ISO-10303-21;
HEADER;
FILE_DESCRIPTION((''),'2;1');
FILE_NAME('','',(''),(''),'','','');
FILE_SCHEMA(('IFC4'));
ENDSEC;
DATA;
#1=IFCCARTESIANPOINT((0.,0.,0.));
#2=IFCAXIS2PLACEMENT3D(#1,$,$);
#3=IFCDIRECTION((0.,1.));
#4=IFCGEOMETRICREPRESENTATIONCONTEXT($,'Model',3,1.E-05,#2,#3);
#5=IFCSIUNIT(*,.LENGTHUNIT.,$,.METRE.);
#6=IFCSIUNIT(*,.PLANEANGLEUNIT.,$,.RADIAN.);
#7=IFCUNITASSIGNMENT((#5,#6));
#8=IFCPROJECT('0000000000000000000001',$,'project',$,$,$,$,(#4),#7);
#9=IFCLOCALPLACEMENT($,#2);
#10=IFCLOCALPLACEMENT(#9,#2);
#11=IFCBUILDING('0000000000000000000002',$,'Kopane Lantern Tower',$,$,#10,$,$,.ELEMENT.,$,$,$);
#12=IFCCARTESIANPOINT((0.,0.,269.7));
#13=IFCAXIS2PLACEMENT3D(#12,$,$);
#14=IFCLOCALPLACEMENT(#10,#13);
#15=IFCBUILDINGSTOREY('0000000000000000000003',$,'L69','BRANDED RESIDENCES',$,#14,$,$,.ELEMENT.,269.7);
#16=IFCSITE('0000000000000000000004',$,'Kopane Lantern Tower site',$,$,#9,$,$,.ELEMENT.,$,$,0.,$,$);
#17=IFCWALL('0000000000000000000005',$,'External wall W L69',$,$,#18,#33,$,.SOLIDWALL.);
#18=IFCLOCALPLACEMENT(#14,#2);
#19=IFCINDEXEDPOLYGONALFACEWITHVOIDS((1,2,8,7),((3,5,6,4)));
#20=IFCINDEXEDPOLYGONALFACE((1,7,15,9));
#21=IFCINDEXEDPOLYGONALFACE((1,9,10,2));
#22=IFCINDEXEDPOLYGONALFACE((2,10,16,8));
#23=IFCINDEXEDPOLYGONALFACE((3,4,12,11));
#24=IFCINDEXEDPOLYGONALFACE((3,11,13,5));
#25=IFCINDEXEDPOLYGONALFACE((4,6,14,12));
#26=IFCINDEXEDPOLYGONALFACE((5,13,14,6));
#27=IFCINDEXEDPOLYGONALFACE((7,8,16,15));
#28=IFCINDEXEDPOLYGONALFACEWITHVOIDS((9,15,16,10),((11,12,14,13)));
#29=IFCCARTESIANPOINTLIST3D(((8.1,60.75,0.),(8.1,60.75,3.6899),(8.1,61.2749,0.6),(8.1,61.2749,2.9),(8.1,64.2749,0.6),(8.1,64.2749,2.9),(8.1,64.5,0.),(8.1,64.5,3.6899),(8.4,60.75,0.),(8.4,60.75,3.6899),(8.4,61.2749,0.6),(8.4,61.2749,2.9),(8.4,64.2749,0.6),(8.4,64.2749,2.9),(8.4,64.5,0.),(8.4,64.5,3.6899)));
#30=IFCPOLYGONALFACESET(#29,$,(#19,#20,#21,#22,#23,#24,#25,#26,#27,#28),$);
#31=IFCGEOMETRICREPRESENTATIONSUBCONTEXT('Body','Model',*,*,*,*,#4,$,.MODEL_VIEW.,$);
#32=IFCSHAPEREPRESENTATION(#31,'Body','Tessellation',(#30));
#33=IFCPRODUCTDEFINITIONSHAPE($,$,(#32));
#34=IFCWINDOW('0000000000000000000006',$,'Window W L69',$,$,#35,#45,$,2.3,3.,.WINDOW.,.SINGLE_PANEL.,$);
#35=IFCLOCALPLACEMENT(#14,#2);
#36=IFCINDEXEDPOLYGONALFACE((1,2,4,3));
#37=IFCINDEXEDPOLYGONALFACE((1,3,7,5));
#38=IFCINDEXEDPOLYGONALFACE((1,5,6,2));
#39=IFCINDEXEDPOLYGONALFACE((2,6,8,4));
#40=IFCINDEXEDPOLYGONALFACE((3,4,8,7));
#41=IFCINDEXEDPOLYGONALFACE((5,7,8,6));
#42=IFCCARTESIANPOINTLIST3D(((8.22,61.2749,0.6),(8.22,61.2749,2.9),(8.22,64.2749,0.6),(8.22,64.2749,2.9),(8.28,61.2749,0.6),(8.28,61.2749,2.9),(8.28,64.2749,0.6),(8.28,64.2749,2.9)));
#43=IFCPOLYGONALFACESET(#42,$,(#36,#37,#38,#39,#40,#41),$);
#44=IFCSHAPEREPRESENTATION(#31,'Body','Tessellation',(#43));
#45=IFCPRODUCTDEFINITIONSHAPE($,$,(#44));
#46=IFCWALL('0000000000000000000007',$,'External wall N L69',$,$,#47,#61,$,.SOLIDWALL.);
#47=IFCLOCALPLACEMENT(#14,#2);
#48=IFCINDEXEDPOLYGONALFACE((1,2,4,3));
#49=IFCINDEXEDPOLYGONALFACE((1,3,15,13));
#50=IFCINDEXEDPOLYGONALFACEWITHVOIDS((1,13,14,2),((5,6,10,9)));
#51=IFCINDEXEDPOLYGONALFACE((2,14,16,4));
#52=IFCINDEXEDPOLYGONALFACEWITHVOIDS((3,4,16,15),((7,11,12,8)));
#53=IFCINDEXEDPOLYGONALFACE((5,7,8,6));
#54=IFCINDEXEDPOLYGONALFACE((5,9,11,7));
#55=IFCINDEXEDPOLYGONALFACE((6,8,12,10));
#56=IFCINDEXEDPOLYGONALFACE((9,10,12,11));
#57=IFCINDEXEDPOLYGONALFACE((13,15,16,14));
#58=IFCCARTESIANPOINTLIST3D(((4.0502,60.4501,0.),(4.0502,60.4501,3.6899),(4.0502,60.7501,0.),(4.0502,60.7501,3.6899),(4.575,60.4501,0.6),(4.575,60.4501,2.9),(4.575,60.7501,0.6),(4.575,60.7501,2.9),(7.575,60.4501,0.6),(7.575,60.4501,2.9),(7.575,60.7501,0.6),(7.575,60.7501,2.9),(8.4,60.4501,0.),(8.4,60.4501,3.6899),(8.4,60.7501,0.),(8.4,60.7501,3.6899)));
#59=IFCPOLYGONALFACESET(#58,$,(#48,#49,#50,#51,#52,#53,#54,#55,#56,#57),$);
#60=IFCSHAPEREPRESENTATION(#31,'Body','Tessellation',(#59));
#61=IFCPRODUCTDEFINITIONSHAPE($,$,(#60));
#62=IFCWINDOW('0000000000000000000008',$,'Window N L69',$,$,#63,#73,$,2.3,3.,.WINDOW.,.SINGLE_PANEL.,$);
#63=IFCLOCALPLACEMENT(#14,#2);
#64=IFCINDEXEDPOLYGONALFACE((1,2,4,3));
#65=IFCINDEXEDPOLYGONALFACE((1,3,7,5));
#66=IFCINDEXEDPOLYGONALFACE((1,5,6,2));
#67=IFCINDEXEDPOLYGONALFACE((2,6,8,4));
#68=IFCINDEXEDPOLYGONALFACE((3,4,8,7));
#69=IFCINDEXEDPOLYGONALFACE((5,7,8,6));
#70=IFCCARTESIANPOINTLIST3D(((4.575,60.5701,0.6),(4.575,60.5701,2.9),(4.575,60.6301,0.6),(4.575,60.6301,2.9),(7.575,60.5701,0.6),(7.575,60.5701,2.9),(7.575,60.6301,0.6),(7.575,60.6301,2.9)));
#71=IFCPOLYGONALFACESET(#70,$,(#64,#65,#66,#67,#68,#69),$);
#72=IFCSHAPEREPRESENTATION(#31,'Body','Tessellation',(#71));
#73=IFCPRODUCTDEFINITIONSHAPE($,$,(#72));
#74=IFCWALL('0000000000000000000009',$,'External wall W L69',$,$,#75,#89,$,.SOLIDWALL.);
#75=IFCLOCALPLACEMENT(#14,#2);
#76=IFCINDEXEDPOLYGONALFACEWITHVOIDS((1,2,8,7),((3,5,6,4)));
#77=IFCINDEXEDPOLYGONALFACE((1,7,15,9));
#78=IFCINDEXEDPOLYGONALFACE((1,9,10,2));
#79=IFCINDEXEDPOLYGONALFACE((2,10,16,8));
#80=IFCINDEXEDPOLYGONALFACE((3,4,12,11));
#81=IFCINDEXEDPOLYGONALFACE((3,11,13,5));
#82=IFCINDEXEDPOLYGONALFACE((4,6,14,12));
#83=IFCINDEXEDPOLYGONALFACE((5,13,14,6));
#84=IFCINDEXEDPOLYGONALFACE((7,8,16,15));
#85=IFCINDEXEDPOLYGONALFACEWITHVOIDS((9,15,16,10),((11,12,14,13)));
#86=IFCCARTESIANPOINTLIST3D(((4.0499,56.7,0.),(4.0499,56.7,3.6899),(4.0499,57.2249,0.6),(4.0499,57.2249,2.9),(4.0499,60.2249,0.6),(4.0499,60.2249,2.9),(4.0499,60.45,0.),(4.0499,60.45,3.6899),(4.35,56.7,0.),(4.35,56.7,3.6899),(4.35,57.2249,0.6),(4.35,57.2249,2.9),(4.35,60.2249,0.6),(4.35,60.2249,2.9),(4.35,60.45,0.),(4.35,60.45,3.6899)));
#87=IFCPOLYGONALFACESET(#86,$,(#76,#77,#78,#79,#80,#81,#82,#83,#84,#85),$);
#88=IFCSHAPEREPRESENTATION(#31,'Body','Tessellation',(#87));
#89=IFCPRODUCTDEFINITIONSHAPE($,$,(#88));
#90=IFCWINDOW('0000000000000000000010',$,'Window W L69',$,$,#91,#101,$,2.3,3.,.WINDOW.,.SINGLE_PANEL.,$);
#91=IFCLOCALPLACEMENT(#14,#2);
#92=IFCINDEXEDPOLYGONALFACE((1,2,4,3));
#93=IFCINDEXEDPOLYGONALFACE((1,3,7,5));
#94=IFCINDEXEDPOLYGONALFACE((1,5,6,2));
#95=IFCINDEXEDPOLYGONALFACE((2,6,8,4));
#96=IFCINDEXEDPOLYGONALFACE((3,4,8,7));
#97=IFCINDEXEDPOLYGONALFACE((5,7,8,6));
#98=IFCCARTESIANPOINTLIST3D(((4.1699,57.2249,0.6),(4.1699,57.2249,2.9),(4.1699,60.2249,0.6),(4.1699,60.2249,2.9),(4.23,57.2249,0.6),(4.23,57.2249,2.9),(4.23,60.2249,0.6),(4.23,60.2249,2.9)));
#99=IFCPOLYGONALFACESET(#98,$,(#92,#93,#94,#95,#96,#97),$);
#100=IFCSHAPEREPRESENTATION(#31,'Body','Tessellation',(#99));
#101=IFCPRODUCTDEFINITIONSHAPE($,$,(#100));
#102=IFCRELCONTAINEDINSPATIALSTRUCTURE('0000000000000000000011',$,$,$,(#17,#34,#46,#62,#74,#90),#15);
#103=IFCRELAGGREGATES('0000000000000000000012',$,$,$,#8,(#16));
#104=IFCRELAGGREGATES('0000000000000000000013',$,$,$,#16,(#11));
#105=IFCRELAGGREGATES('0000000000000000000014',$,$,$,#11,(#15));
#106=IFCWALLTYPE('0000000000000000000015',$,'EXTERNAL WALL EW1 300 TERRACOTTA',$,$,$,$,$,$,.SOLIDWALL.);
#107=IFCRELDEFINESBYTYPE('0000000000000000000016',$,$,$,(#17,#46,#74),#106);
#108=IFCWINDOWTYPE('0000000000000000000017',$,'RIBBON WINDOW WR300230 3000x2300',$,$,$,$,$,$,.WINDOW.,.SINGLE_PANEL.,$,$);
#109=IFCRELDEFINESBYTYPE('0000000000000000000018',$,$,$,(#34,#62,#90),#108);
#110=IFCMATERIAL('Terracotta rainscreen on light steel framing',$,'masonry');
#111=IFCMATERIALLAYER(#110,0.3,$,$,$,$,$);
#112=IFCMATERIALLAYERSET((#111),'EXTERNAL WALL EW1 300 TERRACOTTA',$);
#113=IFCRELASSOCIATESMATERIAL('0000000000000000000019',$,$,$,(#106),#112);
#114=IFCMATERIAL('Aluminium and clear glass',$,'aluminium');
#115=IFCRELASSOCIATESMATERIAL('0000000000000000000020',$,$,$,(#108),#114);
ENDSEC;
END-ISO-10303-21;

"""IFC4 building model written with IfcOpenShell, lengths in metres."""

from ifc_helpers import new_model, si_unit, direction, frame, frame_2d, origin, place, context, subcontext, project, spatial, rectangle, extrude, material, layer, layer_set, type_object, element, fill, save


model = new_model("IFC4")

# Units and contexts
model_context = context("Model", 3, precision=1e-05, world=origin(), true_north=direction((0.0, 1.0)))
body_context = subcontext(model_context, "Body", "Model", "MODEL_VIEW")
ifc_project = project(units=[si_unit("LENGTHUNIT", "METRE"), si_unit("PLANEANGLEUNIT", "RADIAN")], contexts=[model_context])

# Site, building, storey
site_placement = place(None, origin())
site = spatial("IfcSite", under=ifc_project, at=site_placement, Name="Kopane Lantern Tower site", CompositionType="ELEMENT", RefElevation=0.0)
building_placement = place(site_placement, origin())
building = spatial("IfcBuilding", under=site, at=building_placement, Name="Kopane Lantern Tower", CompositionType="ELEMENT")
storey_placement = place(building_placement, frame((0.0, 0.0, 269.7)))
storey = spatial("IfcBuildingStorey", under=building, at=storey_placement, Name="L69", Description="BRANDED RESIDENCES", CompositionType="ELEMENT", Elevation=269.7)

# Walls, openings, windows
ifc_material_1 = material(Name="Terracotta rainscreen on light steel framing", Category="masonry")
ifc_layer = layer(ifc_material_1, 0.3)
ifc_layer_set = layer_set([ifc_layer], Name="EXTERNAL WALL EW1 300 TERRACOTTA")
wall_type = type_object("IfcWallType", Name="EXTERNAL WALL EW1 300 TERRACOTTA", PredefinedType="SOLIDWALL", material=ifc_layer_set)
wall_1_placement = place(storey_placement, frame((8.25, 64.5, 0.0), z_axis=(0.0, 0.0, 1.0), x_axis=(0.0, -1.0, 0.0)))
wall_1 = element("IfcWall", 1, at=wall_1_placement, inside=storey, type_object=wall_type, Name="External wall W L69", PredefinedType="SOLIDWALL", context=body_context, shape_type="SweptSolid", body=[
    extrude(rectangle(XDim=3.75, YDim=0.3, at=frame_2d((1.875, 0.0))), origin(), (0.0, 0.0, 1.0), 3.6899),
])
opening_1_placement = place(wall_1_placement, frame((0.2251, 0.0, 0.6001)))
opening_1 = element("IfcOpeningElement", 2, at=opening_1_placement, cuts=wall_1, PredefinedType="OPENING", context=body_context, shape_type="SweptSolid", body=[
    extrude(rectangle(XDim=3.0, YDim=2.3, at=frame_2d((1.5, 1.1499))), frame((0.0, 0.1599, 0.0), z_axis=(0.0, -1.0, 0.0), x_axis=(1.0, 0.0, 0.0)), (0.0, 0.0, 1.0), 0.3201),
])
ifc_material_2 = material(Name="Aluminium and clear glass", Category="aluminium")
window_type = type_object("IfcWindowType", Name="RIBBON WINDOW WR300230 3000x2300", PartitioningType="SINGLE_PANEL", PredefinedType="WINDOW", material=ifc_material_2)
window_1_placement = place(opening_1_placement, origin())
window_1 = element("IfcWindow", 3, at=window_1_placement, inside=storey, type_object=window_type, Name="Window W L69", OverallHeight=2.3, OverallWidth=3.0, PartitioningType="SINGLE_PANEL", PredefinedType="WINDOW", context=body_context, shape_type="SweptSolid", body=[
    extrude(rectangle(XDim=3.0, YDim=2.3, at=frame_2d((1.5, 1.1499))), frame((0.0, 0.03, 0.0), z_axis=(0.0, -1.0, 0.0), x_axis=(1.0, 0.0, 0.0)), (0.0, 0.0, 1.0), 0.0601),
])
fill(opening_1, window_1)
wall_2_placement = place(storey_placement, frame((8.3999, 60.6001, 0.0), z_axis=(0.0, 0.0, 1.0), x_axis=(-1.0, 0.0, 0.0)))
wall_2 = element("IfcWall", 4, at=wall_2_placement, inside=storey, type_object=wall_type, Name="External wall N L69", PredefinedType="SOLIDWALL", context=body_context, shape_type="SweptSolid", body=[
    extrude(rectangle(XDim=4.3499, YDim=0.3, at=frame_2d((2.1748, 0.0))), origin(), (0.0, 0.0, 1.0), 3.6899),
])
opening_2_placement = place(wall_2_placement, frame((0.825, 0.0, 0.6001)))
opening_2 = element("IfcOpeningElement", 5, at=opening_2_placement, cuts=wall_2, PredefinedType="OPENING", context=body_context, shape_type="SweptSolid", body=[
    extrude(rectangle(XDim=3.0, YDim=2.3, at=frame_2d((1.5, 1.1499))), frame((0.0, 0.1599, 0.0), z_axis=(0.0, -1.0, 0.0), x_axis=(1.0, 0.0, 0.0)), (0.0, 0.0, 1.0), 0.3201),
])
window_2_placement = place(opening_2_placement, origin())
window_2 = element("IfcWindow", 6, at=window_2_placement, inside=storey, type_object=window_type, Name="Window N L69", OverallHeight=2.3, OverallWidth=3.0, PartitioningType="SINGLE_PANEL", PredefinedType="WINDOW", context=body_context, shape_type="SweptSolid", body=[
    extrude(rectangle(XDim=3.0, YDim=2.3, at=frame_2d((1.5, 1.1499))), frame((0.0, 0.03, 0.0), z_axis=(0.0, -1.0, 0.0), x_axis=(1.0, 0.0, 0.0)), (0.0, 0.0, 1.0), 0.0601),
])
fill(opening_2, window_2)
wall_3_placement = place(storey_placement, frame((4.2, 60.45, 0.0), z_axis=(0.0, 0.0, 1.0), x_axis=(0.0, -1.0, 0.0)))
wall_3 = element("IfcWall", 7, at=wall_3_placement, inside=storey, type_object=wall_type, Name="External wall W L69", PredefinedType="SOLIDWALL", context=body_context, shape_type="SweptSolid", body=[
    extrude(rectangle(XDim=3.75, YDim=0.3, at=frame_2d((1.875, 0.0))), origin(), (0.0, 0.0, 1.0), 3.6899),
])
opening_3_placement = place(wall_3_placement, frame((0.2251, 0.0, 0.6001)))
opening_3 = element("IfcOpeningElement", 8, at=opening_3_placement, cuts=wall_3, PredefinedType="OPENING", context=body_context, shape_type="SweptSolid", body=[
    extrude(rectangle(XDim=3.0, YDim=2.3, at=frame_2d((1.5, 1.1499))), frame((0.0, 0.1599, 0.0), z_axis=(0.0, -1.0, 0.0), x_axis=(1.0, 0.0, 0.0)), (0.0, 0.0, 1.0), 0.3201),
])
window_3_placement = place(opening_3_placement, origin())
window_3 = element("IfcWindow", 9, at=window_3_placement, inside=storey, type_object=window_type, Name="Window W L69", OverallHeight=2.3, OverallWidth=3.0, PartitioningType="SINGLE_PANEL", PredefinedType="WINDOW", context=body_context, shape_type="SweptSolid", body=[
    extrude(rectangle(XDim=3.0, YDim=2.3, at=frame_2d((1.5, 1.1499))), frame((0.0, 0.03, 0.0), z_axis=(0.0, -1.0, 0.0), x_axis=(1.0, 0.0, 0.0)), (0.0, 0.0, 1.0), 0.0601),
])
fill(opening_3, window_3)

save(model, "model.ifc")
